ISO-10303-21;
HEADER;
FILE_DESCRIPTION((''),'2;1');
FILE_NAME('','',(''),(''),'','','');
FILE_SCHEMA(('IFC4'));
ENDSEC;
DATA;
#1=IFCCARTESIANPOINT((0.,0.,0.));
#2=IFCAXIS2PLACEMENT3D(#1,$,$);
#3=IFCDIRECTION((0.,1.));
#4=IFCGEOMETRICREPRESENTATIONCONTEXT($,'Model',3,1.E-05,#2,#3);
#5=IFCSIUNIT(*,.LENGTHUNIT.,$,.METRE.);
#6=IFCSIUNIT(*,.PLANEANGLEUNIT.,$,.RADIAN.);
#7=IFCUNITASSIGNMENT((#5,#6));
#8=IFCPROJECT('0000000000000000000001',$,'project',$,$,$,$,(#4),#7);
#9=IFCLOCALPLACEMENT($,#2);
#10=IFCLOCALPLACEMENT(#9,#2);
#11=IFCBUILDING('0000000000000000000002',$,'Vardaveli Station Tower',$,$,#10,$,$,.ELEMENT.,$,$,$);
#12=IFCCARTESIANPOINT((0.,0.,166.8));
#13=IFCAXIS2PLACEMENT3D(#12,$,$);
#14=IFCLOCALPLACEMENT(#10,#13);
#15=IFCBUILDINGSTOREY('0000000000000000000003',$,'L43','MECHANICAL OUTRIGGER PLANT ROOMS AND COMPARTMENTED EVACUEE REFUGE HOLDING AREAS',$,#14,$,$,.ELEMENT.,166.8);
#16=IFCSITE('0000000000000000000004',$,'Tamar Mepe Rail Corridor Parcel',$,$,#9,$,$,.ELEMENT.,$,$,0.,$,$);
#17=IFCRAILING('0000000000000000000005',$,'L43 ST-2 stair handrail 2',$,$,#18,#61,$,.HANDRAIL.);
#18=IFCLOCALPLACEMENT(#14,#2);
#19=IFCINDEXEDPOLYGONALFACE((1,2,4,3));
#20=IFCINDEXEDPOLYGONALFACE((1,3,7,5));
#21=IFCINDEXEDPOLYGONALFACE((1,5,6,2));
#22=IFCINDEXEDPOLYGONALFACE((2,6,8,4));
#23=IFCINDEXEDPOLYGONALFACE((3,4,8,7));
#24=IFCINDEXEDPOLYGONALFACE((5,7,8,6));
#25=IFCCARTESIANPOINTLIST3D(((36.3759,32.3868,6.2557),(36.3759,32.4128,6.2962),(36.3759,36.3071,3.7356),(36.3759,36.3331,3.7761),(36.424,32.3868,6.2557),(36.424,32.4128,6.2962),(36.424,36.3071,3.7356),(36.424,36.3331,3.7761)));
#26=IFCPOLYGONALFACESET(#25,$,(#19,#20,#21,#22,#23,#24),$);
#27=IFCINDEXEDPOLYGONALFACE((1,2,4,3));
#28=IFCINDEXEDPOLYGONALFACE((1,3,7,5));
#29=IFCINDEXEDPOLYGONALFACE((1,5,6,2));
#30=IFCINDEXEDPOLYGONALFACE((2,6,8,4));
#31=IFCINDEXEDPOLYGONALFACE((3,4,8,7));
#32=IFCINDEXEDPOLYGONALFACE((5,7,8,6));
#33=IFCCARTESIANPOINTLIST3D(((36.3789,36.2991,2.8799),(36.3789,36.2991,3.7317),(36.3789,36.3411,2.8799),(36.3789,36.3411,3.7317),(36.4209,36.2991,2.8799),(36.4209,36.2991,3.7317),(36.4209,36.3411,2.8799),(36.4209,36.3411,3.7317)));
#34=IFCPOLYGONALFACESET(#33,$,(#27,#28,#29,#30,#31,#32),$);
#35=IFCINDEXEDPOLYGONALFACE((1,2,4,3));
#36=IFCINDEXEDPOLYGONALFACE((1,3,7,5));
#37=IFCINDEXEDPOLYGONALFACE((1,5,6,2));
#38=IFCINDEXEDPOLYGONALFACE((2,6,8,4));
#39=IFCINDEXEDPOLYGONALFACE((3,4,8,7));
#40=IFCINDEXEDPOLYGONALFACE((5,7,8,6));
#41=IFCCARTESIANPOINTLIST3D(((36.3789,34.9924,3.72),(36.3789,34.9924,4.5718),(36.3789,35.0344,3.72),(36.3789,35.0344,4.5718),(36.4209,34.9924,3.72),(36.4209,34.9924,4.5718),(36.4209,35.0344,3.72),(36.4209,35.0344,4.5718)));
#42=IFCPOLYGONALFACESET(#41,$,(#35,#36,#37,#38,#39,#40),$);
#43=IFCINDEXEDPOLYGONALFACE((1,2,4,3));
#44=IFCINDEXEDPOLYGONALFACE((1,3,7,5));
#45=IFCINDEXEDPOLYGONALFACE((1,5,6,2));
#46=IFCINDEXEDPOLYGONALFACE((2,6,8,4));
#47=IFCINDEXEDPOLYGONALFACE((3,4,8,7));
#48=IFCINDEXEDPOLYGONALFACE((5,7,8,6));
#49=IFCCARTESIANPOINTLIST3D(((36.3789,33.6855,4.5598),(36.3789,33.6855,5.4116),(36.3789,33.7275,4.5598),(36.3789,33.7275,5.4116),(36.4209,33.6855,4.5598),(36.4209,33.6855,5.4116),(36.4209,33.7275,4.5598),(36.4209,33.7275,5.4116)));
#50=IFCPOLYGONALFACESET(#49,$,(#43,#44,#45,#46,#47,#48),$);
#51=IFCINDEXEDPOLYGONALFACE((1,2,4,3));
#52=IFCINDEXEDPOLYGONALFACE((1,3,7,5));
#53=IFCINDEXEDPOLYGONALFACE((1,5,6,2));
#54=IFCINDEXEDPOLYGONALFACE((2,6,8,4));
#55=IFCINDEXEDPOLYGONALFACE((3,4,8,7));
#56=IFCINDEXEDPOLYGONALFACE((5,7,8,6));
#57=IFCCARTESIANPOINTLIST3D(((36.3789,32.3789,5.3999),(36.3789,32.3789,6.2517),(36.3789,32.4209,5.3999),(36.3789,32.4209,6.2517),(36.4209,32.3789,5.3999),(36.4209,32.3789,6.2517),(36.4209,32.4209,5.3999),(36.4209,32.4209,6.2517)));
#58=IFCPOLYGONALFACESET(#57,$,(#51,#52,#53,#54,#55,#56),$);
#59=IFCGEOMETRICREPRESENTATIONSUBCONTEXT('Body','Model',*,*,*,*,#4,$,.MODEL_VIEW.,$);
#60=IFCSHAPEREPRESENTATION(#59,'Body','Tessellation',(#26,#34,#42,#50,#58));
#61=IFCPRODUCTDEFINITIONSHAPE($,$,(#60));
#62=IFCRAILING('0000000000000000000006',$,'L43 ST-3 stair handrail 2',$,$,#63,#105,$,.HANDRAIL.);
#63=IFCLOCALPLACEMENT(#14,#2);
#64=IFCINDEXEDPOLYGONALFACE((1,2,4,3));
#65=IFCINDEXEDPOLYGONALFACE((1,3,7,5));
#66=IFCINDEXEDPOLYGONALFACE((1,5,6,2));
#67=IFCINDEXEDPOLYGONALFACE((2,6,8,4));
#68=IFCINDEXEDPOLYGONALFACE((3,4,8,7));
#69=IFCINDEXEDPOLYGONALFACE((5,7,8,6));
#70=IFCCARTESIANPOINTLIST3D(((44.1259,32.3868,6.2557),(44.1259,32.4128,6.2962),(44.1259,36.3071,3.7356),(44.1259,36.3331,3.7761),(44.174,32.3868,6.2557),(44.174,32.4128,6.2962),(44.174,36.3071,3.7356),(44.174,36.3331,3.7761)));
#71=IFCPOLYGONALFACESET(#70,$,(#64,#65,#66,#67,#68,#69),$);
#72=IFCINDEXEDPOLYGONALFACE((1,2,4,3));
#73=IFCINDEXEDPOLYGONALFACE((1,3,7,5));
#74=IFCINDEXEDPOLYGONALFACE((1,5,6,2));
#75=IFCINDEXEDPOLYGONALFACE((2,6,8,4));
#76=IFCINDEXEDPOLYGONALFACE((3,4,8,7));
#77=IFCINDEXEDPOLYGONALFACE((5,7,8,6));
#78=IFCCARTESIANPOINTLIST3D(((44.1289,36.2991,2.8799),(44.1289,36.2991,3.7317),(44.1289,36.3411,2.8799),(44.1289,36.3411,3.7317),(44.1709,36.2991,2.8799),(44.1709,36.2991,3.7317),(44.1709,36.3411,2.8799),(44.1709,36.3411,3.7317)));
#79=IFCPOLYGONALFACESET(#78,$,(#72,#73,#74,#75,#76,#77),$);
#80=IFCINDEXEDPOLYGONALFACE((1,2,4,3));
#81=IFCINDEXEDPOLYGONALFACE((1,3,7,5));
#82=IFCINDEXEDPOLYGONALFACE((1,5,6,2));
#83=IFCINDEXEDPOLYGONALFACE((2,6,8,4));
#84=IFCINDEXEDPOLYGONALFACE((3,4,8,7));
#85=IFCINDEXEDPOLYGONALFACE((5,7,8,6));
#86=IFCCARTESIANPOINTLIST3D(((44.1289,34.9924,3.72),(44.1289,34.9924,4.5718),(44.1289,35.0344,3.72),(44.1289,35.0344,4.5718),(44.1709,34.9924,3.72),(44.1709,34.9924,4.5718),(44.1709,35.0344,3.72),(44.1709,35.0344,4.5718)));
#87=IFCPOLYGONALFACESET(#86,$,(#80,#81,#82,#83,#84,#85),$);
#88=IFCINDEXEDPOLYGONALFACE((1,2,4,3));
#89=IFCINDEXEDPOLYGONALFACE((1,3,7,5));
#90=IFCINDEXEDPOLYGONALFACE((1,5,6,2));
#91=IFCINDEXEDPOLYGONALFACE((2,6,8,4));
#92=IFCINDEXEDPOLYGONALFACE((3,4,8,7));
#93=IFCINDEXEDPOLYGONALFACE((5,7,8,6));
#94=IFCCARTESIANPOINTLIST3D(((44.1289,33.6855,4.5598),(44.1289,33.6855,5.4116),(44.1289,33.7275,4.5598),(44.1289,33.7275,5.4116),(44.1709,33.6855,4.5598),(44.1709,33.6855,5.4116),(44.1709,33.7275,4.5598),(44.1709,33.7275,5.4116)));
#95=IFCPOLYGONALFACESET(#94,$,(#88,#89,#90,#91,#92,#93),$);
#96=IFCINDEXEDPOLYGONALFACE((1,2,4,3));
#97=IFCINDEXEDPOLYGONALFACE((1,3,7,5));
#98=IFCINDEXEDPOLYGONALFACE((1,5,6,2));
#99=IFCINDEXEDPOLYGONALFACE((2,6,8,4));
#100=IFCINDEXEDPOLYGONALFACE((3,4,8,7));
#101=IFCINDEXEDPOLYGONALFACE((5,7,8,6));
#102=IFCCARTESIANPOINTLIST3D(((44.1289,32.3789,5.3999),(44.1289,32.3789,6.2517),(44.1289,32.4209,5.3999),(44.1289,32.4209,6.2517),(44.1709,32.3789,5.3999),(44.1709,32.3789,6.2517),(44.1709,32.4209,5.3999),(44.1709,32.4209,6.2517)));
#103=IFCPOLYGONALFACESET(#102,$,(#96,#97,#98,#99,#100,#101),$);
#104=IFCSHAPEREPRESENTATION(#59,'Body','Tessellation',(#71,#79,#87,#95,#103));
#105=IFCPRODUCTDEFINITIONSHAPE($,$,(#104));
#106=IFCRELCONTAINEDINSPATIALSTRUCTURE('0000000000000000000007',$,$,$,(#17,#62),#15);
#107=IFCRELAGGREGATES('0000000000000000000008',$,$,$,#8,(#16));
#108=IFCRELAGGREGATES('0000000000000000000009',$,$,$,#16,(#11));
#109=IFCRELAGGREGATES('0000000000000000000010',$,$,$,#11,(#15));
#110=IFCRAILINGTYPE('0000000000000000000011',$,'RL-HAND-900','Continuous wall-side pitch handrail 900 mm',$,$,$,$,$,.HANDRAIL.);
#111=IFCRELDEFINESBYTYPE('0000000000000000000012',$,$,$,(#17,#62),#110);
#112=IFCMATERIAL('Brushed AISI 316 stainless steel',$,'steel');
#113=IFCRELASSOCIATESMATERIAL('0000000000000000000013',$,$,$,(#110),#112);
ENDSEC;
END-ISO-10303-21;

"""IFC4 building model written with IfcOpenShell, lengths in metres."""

from ifc_helpers import new_model, si_unit, direction, frame, origin, origin_2d, place, context, subcontext, project, spatial, rectangle, extrude, source, transform, mapped, material, type_object, element, save


model = new_model("IFC4")

# Units and contexts
model_context = context("Model", 3, precision=1e-05, world=origin(), true_north=direction((0.0, 1.0)))
body_context = subcontext(model_context, "Body", "Model", "MODEL_VIEW")
ifc_project = project(units=[si_unit("LENGTHUNIT", "METRE"), si_unit("PLANEANGLEUNIT", "RADIAN")], contexts=[model_context])

# Site, building, storey
site_placement = place(None, origin())
site = spatial("IfcSite", under=ifc_project, at=site_placement, Name="Tamar Mepe Rail Corridor Parcel", CompositionType="ELEMENT", RefElevation=0.0)
building_placement = place(site_placement, origin())
building = spatial("IfcBuilding", under=site, at=building_placement, Name="Vardaveli Station Tower", CompositionType="ELEMENT")
storey_placement = place(building_placement, frame((0.0, 0.0, 166.8)))
storey = spatial("IfcBuildingStorey", under=building, at=storey_placement, Name="L43", Description="MECHANICAL OUTRIGGER PLANT ROOMS AND COMPARTMENTED EVACUEE REFUGE HOLDING AREAS", CompositionType="ELEMENT", Elevation=166.8)

# Railings
ifc_material_1 = material(Name="Brushed AISI 316 stainless steel", Category="steel")
railing_type_1 = type_object("IfcRailingType", Name="RL-HAND-900", Description="Continuous wall-side pitch handrail 900 mm", PredefinedType="HANDRAIL", material=ifc_material_1)
shared_shape_1 = source(origin(), body_context, "Body", "SweptSolid", [
    extrude(rectangle(XDim=0.0481, YDim=0.0481, at=origin_2d()), frame((0.0, 0.0, 0.876), z_axis=(0.0, -0.841187, 0.540744), x_axis=(1.0, 0.0, 0.0)), (0.0, 0.0, 1.0), 4.6604),
    extrude(rectangle(XDim=0.042, YDim=0.042, at=origin_2d()), origin(), (0.0, 0.0, 1.0), 0.8518),
    extrude(rectangle(XDim=0.042, YDim=0.042, at=origin_2d()), frame((0.0, -1.3066, 0.8401)), (0.0, 0.0, 1.0), 0.8518),
    extrude(rectangle(XDim=0.042, YDim=0.042, at=origin_2d()), frame((0.0, -2.6135, 1.6799)), (0.0, 0.0, 1.0), 0.8518),
    extrude(rectangle(XDim=0.042, YDim=0.042, at=origin_2d()), frame((0.0, -3.9202, 2.52)), (0.0, 0.0, 1.0), 0.8518),
])
for number, where, name in (
    (1, (36.3999, 36.3201, 2.8799), "L43 ST-2 stair handrail 2"),
    (2, (44.1499, 36.3201, 2.8799), "L43 ST-3 stair handrail 2"),
):
    element("IfcRailing", number, at=place(storey_placement, frame(where)), inside=storey, type_object=railing_type_1, Name=name, PredefinedType="HANDRAIL", context=body_context, shape_type="MappedRepresentation", body=[
        mapped(shared_shape_1, transform((0.0, 0.0, 0.0), scale=1.0)),
    ])

save(model, "model.ifc")
